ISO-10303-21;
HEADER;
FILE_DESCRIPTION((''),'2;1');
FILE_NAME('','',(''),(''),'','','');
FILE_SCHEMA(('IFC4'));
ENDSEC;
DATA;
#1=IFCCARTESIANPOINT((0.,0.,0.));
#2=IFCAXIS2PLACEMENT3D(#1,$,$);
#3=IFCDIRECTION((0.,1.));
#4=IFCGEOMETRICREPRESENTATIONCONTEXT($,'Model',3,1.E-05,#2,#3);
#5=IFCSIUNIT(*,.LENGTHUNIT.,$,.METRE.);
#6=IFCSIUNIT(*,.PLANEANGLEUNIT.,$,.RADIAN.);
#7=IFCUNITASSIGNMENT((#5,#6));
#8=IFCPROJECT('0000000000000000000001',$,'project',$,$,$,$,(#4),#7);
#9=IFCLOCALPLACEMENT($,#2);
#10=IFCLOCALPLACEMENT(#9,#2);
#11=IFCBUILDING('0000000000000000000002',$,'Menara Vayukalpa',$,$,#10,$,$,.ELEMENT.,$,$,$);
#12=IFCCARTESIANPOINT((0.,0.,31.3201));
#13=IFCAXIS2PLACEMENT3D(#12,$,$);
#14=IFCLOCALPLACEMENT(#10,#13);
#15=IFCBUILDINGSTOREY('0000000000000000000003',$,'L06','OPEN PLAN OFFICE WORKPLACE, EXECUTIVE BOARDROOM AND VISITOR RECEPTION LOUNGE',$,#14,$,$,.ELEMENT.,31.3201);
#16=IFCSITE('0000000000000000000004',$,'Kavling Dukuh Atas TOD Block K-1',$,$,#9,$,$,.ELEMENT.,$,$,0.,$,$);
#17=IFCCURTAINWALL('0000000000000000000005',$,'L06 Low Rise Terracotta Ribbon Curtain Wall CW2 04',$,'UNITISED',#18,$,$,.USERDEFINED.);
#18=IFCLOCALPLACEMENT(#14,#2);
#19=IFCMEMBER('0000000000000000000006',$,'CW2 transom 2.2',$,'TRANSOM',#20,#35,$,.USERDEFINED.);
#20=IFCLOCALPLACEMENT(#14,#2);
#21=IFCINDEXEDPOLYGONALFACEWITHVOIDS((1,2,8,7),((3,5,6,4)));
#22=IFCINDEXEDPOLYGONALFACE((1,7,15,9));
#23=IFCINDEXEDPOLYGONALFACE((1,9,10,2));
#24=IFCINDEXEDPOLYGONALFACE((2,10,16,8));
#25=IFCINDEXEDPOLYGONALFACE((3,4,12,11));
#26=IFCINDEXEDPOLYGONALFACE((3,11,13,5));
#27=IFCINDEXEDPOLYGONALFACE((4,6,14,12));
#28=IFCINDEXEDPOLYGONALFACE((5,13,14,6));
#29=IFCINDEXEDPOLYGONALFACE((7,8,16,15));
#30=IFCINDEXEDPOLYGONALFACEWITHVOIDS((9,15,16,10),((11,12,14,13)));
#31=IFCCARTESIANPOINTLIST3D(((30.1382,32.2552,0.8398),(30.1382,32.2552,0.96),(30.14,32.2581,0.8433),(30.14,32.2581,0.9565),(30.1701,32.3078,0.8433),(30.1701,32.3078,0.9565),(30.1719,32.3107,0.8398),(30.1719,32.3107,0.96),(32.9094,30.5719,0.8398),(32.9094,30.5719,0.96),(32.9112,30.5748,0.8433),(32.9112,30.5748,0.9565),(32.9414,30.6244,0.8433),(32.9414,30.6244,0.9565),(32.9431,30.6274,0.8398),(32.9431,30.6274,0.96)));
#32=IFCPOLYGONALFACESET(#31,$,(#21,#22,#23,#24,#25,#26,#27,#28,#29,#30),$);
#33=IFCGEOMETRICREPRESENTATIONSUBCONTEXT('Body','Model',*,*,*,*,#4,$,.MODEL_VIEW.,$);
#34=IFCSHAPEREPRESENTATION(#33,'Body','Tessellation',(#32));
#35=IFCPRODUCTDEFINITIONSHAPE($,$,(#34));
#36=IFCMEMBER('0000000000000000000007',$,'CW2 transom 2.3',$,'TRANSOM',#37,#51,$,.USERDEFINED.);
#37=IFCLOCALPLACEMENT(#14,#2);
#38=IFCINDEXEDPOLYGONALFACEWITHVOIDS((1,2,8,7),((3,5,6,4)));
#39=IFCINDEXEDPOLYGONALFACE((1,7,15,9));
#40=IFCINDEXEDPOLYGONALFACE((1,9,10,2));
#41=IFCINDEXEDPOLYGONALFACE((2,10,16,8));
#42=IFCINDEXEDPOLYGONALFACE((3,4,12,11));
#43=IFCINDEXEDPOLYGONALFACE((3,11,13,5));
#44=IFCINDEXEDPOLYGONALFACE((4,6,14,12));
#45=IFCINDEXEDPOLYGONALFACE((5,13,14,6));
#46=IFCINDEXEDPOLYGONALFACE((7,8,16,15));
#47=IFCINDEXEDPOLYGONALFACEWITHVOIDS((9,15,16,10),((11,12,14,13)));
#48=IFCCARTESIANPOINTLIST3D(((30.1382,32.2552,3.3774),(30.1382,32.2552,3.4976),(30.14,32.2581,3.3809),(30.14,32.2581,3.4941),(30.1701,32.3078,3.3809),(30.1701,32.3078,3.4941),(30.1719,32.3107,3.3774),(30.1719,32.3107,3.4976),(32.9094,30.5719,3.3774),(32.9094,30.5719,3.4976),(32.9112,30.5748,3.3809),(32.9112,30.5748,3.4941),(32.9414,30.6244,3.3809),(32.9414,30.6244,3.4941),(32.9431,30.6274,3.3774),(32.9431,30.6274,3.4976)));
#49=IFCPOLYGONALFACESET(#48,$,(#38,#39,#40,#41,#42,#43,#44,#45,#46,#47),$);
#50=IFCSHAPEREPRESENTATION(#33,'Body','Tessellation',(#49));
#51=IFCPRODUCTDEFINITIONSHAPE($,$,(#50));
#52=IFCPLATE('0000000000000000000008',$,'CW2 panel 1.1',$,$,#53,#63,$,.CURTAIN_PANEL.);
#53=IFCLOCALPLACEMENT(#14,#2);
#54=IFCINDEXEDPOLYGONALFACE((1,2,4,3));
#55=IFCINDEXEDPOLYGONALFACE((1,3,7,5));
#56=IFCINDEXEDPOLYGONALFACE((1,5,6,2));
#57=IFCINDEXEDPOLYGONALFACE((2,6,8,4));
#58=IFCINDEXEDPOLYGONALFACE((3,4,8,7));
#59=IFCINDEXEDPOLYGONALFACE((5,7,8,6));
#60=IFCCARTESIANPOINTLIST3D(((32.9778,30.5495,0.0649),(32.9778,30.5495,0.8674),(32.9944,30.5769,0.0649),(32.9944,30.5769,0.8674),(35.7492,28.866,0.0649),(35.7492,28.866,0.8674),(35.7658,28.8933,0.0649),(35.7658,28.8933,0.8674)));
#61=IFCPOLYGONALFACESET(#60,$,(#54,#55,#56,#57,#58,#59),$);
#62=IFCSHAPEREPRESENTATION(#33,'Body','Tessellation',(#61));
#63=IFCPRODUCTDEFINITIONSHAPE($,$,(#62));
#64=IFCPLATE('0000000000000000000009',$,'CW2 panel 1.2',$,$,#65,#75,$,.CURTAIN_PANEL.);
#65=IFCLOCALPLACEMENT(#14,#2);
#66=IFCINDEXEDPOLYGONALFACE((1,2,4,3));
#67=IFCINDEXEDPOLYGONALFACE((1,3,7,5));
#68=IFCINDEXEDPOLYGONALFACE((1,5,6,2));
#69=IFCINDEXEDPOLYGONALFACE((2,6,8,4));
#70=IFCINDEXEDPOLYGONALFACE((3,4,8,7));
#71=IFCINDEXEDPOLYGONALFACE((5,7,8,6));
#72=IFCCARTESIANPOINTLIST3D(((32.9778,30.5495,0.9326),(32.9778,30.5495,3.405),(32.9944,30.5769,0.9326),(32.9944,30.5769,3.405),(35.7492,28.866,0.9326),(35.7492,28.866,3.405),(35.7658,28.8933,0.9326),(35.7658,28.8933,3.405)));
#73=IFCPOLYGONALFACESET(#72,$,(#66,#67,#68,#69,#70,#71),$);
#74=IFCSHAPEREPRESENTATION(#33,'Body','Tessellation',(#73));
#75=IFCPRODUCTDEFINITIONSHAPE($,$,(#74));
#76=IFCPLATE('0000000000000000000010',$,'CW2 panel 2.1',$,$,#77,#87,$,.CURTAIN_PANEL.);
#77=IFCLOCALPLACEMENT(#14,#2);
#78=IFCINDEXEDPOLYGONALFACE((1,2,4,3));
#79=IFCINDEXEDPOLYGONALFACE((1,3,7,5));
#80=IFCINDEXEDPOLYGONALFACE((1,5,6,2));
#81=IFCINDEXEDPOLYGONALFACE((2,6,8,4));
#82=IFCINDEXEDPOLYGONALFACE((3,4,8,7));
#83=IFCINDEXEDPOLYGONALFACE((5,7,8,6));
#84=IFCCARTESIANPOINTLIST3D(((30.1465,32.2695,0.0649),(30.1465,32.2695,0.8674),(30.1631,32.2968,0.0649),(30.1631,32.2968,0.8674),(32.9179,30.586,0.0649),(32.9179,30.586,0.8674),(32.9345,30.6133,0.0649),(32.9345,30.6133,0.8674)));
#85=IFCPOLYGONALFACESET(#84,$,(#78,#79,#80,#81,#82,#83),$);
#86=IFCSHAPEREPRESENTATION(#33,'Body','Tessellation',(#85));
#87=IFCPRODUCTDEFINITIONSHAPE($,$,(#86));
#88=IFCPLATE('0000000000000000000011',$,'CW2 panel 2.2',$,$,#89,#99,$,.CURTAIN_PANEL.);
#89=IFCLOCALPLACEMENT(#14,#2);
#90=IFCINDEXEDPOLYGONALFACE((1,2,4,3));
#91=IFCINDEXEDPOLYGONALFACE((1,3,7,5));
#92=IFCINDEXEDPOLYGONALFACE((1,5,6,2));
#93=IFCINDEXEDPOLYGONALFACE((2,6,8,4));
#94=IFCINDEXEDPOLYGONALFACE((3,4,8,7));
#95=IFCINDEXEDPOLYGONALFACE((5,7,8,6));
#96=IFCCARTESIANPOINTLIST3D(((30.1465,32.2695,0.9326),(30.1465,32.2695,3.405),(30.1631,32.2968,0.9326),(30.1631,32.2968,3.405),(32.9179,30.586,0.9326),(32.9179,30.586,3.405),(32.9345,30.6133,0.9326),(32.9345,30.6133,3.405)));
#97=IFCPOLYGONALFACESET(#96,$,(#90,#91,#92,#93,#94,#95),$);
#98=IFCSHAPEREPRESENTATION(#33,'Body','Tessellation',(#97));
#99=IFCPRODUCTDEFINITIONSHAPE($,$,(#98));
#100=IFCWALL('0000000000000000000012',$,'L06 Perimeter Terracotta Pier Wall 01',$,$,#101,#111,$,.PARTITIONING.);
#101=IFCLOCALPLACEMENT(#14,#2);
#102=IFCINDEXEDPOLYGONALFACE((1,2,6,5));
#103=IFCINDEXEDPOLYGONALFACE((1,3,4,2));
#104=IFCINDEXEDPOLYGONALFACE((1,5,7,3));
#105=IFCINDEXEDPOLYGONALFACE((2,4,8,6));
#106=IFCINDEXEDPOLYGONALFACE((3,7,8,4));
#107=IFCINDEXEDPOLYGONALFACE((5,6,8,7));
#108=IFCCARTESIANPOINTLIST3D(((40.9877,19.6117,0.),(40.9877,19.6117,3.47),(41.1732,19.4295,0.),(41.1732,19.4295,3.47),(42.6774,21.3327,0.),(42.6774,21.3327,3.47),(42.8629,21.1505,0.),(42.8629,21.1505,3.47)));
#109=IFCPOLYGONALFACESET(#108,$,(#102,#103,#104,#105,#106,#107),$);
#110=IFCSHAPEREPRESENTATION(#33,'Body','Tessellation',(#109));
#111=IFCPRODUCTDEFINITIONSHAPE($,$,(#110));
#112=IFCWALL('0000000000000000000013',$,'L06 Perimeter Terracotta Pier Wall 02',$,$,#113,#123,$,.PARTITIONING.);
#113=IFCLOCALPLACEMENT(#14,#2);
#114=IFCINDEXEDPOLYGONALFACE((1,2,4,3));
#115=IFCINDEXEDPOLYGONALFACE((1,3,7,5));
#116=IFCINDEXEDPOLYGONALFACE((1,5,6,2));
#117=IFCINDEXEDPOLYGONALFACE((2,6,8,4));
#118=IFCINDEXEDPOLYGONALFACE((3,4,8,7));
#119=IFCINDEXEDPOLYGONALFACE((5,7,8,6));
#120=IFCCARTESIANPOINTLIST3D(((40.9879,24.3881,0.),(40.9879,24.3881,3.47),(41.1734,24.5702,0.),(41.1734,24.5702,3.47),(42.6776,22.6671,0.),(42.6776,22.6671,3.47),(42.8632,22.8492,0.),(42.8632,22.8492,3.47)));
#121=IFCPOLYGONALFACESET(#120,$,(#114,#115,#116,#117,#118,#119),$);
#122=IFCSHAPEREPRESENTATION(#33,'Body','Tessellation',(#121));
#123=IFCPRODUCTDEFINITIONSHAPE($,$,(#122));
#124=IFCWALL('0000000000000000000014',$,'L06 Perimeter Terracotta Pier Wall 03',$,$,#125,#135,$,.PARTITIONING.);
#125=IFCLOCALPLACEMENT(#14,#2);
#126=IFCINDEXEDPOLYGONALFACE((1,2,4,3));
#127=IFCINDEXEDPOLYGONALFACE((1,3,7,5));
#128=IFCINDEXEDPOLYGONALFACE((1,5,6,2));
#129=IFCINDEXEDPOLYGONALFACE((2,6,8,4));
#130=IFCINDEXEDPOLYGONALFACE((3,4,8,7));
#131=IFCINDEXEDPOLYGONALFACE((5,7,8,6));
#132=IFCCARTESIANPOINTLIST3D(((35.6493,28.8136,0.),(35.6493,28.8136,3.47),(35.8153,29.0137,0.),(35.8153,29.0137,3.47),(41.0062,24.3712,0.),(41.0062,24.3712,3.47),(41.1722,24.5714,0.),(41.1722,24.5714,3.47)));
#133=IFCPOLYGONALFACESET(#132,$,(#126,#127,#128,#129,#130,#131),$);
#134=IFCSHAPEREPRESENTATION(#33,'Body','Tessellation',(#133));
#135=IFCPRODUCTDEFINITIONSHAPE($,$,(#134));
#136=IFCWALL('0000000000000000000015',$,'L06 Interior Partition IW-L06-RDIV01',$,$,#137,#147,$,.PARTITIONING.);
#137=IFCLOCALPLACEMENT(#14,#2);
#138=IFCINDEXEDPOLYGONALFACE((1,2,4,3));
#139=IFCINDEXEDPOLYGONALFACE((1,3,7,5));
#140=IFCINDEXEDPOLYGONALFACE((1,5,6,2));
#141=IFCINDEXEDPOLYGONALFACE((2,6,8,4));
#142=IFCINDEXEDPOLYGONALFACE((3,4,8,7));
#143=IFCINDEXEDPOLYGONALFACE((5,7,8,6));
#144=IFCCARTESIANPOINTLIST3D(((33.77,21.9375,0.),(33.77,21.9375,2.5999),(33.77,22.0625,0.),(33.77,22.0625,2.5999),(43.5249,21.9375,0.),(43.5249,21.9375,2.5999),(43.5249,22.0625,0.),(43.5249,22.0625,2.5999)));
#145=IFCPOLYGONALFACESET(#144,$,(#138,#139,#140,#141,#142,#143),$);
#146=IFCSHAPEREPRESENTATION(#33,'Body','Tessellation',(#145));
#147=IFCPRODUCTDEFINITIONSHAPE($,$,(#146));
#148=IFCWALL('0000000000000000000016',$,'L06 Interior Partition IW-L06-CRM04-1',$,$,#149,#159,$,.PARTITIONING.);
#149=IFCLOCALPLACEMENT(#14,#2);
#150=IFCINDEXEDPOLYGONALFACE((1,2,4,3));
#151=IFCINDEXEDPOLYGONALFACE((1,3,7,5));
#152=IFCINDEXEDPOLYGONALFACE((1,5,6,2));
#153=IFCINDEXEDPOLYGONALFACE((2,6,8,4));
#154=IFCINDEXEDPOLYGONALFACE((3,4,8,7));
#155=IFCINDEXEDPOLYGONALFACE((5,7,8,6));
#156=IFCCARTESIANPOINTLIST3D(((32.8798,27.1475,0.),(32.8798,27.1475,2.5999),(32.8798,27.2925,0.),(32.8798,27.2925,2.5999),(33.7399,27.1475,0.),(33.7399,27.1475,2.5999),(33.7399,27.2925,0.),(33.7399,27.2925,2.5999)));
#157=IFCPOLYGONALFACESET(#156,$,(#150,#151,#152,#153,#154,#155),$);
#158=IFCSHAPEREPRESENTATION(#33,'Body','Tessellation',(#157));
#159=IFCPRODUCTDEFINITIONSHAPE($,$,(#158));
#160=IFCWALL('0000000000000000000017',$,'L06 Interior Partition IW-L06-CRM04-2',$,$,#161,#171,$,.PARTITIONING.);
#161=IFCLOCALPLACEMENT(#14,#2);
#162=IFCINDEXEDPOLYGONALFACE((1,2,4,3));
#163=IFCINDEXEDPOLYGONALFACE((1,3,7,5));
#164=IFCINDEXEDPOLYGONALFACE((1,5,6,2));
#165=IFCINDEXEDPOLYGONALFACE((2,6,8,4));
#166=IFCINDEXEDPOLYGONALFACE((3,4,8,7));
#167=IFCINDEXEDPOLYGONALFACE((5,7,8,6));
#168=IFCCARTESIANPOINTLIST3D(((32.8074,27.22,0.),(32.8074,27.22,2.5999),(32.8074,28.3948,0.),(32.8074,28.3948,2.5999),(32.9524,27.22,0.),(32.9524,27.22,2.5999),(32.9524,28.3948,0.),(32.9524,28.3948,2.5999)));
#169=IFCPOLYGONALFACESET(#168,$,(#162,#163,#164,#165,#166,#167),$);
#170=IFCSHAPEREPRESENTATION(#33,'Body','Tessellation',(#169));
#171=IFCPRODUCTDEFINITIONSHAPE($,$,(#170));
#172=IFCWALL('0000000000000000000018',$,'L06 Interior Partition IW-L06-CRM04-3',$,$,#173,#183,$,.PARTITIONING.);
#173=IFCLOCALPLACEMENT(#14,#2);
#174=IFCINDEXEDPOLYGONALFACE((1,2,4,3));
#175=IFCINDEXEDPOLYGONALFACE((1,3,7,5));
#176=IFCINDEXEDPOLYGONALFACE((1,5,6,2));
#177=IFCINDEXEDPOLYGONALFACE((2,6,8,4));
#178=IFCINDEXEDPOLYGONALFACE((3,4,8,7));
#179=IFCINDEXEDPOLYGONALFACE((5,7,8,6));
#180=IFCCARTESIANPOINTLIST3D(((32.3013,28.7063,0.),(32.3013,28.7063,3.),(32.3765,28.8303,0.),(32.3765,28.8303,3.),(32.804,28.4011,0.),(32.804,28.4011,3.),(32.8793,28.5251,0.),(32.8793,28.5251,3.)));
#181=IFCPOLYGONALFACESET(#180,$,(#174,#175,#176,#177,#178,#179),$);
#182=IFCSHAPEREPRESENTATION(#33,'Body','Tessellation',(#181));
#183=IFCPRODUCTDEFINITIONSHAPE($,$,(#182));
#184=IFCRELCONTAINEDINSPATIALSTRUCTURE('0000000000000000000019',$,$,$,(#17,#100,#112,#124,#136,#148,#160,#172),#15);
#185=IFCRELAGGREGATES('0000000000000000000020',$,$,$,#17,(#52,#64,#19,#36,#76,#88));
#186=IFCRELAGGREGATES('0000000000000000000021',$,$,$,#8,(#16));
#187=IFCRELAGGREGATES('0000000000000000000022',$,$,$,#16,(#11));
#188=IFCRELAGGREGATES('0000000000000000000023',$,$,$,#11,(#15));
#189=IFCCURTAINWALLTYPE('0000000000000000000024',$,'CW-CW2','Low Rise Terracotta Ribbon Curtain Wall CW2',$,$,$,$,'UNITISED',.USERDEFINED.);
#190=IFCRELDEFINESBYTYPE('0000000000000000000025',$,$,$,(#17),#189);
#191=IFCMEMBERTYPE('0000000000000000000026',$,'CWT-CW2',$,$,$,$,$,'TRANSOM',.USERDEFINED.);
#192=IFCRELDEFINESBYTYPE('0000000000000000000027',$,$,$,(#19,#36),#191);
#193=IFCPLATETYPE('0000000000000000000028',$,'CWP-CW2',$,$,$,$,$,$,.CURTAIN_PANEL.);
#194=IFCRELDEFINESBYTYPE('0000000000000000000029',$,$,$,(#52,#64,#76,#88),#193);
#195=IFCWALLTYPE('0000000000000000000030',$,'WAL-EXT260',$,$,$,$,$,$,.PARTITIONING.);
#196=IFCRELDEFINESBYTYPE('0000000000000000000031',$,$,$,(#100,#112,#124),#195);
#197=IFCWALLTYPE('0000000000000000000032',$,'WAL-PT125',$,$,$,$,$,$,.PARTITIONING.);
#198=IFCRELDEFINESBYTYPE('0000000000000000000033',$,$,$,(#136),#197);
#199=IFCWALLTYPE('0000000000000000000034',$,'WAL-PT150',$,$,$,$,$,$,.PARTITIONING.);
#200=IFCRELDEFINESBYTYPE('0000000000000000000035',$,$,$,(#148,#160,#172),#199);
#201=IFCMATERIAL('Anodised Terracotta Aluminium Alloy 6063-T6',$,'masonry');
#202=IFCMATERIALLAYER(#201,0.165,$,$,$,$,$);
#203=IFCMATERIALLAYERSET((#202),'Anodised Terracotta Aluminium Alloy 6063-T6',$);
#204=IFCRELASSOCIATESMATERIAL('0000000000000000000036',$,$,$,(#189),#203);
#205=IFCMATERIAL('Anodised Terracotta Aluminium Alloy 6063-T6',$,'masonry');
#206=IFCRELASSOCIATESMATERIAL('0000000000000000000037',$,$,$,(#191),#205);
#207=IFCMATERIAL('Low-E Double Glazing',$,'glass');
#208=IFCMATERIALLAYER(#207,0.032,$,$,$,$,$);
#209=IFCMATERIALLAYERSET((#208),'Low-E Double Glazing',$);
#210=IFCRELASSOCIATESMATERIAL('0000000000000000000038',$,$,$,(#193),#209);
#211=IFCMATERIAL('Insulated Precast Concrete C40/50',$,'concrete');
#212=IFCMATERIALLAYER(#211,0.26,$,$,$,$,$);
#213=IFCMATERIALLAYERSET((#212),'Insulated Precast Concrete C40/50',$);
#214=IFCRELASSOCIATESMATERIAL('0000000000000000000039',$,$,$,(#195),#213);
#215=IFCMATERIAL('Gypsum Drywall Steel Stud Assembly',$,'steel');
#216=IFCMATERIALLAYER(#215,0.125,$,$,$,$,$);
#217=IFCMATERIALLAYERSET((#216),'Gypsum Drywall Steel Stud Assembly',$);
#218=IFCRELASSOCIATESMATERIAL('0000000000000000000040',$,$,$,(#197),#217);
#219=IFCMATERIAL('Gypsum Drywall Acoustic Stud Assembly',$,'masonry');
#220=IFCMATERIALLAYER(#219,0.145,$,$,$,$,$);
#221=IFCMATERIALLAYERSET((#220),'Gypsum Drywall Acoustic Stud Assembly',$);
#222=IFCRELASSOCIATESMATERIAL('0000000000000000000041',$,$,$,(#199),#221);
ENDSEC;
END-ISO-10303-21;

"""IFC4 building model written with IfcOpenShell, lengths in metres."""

from ifc_helpers import new_model, si_unit, direction, frame, frame_2d, origin, origin_2d, place, context, subcontext, project, spatial, rectangle, hollow_rectangle, extrude, material, layer, layer_set, material_profile, profile_set, type_object, element, aggregate, save


model = new_model("IFC4")

# Units and contexts
model_context = context("Model", 3, precision=1e-05, world=origin(), true_north=direction((0.0, 1.0)))
body_context = subcontext(model_context, "Body", "Model", "MODEL_VIEW")
ifc_project = project(units=[si_unit("LENGTHUNIT", "METRE"), si_unit("PLANEANGLEUNIT", "RADIAN")], contexts=[model_context])

# Site, building, storey
site_placement = place(None, origin())
site = spatial("IfcSite", under=ifc_project, at=site_placement, Name="Kavling Dukuh Atas TOD Block K-1", CompositionType="ELEMENT", RefElevation=0.0)
building_placement = place(site_placement, origin())
building = spatial("IfcBuilding", under=site, at=building_placement, Name="Menara Vayukalpa", CompositionType="ELEMENT")
storey_placement = place(building_placement, frame((0.0, 0.0, 31.3201)))
storey = spatial("IfcBuildingStorey", under=building, at=storey_placement, Name="L06", Description="OPEN PLAN OFFICE WORKPLACE, EXECUTIVE BOARDROOM AND VISITOR RECEPTION LOUNGE", CompositionType="ELEMENT", Elevation=31.3201)

# Curtain wall, members, plates
ifc_material_1 = material(Name="Anodised Terracotta Aluminium Alloy 6063-T6", Category="masonry")
ifc_layer_1 = layer(ifc_material_1, 0.165)
ifc_layer_set_1 = layer_set([ifc_layer_1], Name="Anodised Terracotta Aluminium Alloy 6063-T6")
curtain_wall_type = type_object("IfcCurtainWallType", Name="CW-CW2", Description="Low Rise Terracotta Ribbon Curtain Wall CW2", ElementType="UNITISED", PredefinedType="USERDEFINED", material=ifc_layer_set_1)
curtain_wall_placement = place(storey_placement, origin())
curtain_wall = element("IfcCurtainWall", 1, at=curtain_wall_placement, inside=storey, type_object=curtain_wall_type, Name="L06 Low Rise Terracotta Ribbon Curtain Wall CW2 04", ObjectType="UNITISED", PredefinedType="USERDEFINED")
ifc_material_2 = material(Name="Anodised Terracotta Aluminium Alloy 6063-T6", Category="masonry")
ifc_material_profile_1 = material_profile(ifc_material_2, hollow_rectangle(XDim=0.0649, YDim=0.1201, WallThickness=0.0034, at=origin_2d()), Name="ALU 65x120x3.5")
ifc_profile_set_1 = profile_set([ifc_material_profile_1], Name="Anodised Terracotta Aluminium Alloy 6063-T6")
member_type_1 = type_object("IfcMemberType", Name="CWT-CW2", ElementType="TRANSOM", PredefinedType="USERDEFINED", material=ifc_profile_set_1)
member_1_placement = place(storey_placement, frame((32.9263, 30.5996, 0.8999), z_axis=(-0.854677, 0.519161, 0.0), x_axis=(-0.519161, -0.854677, 0.0)))
member_1 = element("IfcMember", 2, at=member_1_placement, type_object=member_type_1, Name="CW2 transom 2.2", ObjectType="TRANSOM", PredefinedType="USERDEFINED", context=body_context, shape_type="SweptSolid", body=[
    extrude(hollow_rectangle(XDim=0.0649, YDim=0.1201, WallThickness=0.0034, at=origin_2d()), origin(), (0.0, 0.0, 1.0), 3.2424),
])
member_2_placement = place(storey_placement, frame((32.9263, 30.5996, 3.4375), z_axis=(-0.854677, 0.519161, 0.0), x_axis=(-0.519161, -0.854677, 0.0)))
member_2 = element("IfcMember", 3, at=member_2_placement, type_object=member_type_1, Name="CW2 transom 2.3", ObjectType="TRANSOM", PredefinedType="USERDEFINED", context=body_context, shape_type="SweptSolid", body=[
    extrude(hollow_rectangle(XDim=0.0649, YDim=0.1201, WallThickness=0.0034, at=origin_2d()), origin(), (0.0, 0.0, 1.0), 3.2424),
])
ifc_material_3 = material(Name="Low-E Double Glazing", Category="glass")
ifc_layer_2 = layer(ifc_material_3, 0.032)
ifc_layer_set_2 = layer_set([ifc_layer_2], Name="Low-E Double Glazing")
plate_type = type_object("IfcPlateType", Name="CWP-CW2", PredefinedType="CURTAIN_PANEL", material=ifc_layer_set_2)
plate_1_placement = place(storey_placement, frame((34.3718, 29.7214, 0.0649), z_axis=(0.0, 0.0, 1.0), x_axis=(-0.854664, 0.519182, 0.0)))
plate_1 = element("IfcPlate", 4, at=plate_1_placement, type_object=plate_type, Name="CW2 panel 1.1", PredefinedType="CURTAIN_PANEL", context=body_context, shape_type="SweptSolid", body=[
    extrude(rectangle(XDim=3.2427, YDim=0.032, at=origin_2d()), origin(), (0.0, 0.0, 1.0), 0.8025),
])
plate_2_placement = place(storey_placement, frame((34.3718, 29.7214, 0.9326), z_axis=(0.0, 0.0, 1.0), x_axis=(-0.854664, 0.519182, 0.0)))
plate_2 = element("IfcPlate", 5, at=plate_2_placement, type_object=plate_type, Name="CW2 panel 1.2", PredefinedType="CURTAIN_PANEL", context=body_context, shape_type="SweptSolid", body=[
    extrude(rectangle(XDim=3.2427, YDim=0.032, at=origin_2d()), origin(), (0.0, 0.0, 1.0), 2.4724),
])
plate_3_placement = place(storey_placement, frame((31.5405, 31.4414, 0.0649), z_axis=(0.0, 0.0, 1.0), x_axis=(-0.854664, 0.519182, 0.0)))
plate_3 = element("IfcPlate", 6, at=plate_3_placement, type_object=plate_type, Name="CW2 panel 2.1", PredefinedType="CURTAIN_PANEL", context=body_context, shape_type="SweptSolid", body=[
    extrude(rectangle(XDim=3.2427, YDim=0.032, at=origin_2d()), origin(), (0.0, 0.0, 1.0), 0.8025),
])
plate_4_placement = place(storey_placement, frame((31.5405, 31.4414, 0.9326), z_axis=(0.0, 0.0, 1.0), x_axis=(-0.854664, 0.519182, 0.0)))
plate_4 = element("IfcPlate", 7, at=plate_4_placement, type_object=plate_type, Name="CW2 panel 2.2", PredefinedType="CURTAIN_PANEL", context=body_context, shape_type="SweptSolid", body=[
    extrude(rectangle(XDim=3.2427, YDim=0.032, at=origin_2d()), origin(), (0.0, 0.0, 1.0), 2.4724),
])
aggregate(curtain_wall, [plate_1, plate_2, member_1, member_2, plate_3, plate_4])

# Walls
ifc_material_4 = material(Name="Insulated Precast Concrete C40/50", Category="concrete")
ifc_layer_3 = layer(ifc_material_4, 0.26)
ifc_layer_set_3 = layer_set([ifc_layer_3], Name="Insulated Precast Concrete C40/50")
wall_type_1 = type_object("IfcWallType", Name="WAL-EXT260", PredefinedType="PARTITIONING", material=ifc_layer_set_3)
for number, where, z_axis, x_axis, name in (
    (8, (42.7703, 21.2417, 0.0), (0.0, 0.0, 1.0), (-0.700599, -0.713556, 0.0), "L06 Perimeter Terracotta Pier Wall 01"),
    (9, (41.0806, 24.4792, 0.0), (0.0, 0.0, 1.0), (0.700599, -0.713556, 0.0), "L06 Perimeter Terracotta Pier Wall 02"),
):
    element("IfcWall", number, at=place(storey_placement, frame(where, z_axis=z_axis, x_axis=x_axis)), inside=storey, type_object=wall_type_1, Name=name, PredefinedType="PARTITIONING", context=body_context, shape_type="SweptSolid", body=[
        extrude(rectangle(XDim=2.4119, YDim=0.26, at=frame_2d((1.2061, 0.0))), origin(), (0.0, 0.0, 1.0), 3.47),
    ])
wall_1_placement = place(storey_placement, frame((35.7324, 28.9136, 0.0), z_axis=(0.0, 0.0, 1.0), x_axis=(0.769755, -0.63834, 0.0)))
element("IfcWall", 10, at=wall_1_placement, inside=storey, type_object=wall_type_1, Name="L06 Perimeter Terracotta Pier Wall 03", PredefinedType="PARTITIONING", context=body_context, shape_type="SweptSolid", body=[
    extrude(rectangle(XDim=6.9592, YDim=0.26, at=frame_2d((3.4795, 0.0))), origin(), (0.0, 0.0, 1.0), 3.47),
])
ifc_material_5 = material(Name="Gypsum Drywall Steel Stud Assembly", Category="steel")
ifc_layer_4 = layer(ifc_material_5, 0.125)
ifc_layer_set_4 = layer_set([ifc_layer_4], Name="Gypsum Drywall Steel Stud Assembly")
wall_type_2 = type_object("IfcWallType", Name="WAL-PT125", PredefinedType="PARTITIONING", material=ifc_layer_set_4)
wall_2_placement = place(storey_placement, frame((33.77, 22.0, 0.0), z_axis=(0.0, 0.0, 1.0), x_axis=(1.0, 0.0, 0.0)))
element("IfcWall", 11, at=wall_2_placement, inside=storey, type_object=wall_type_2, Name="L06 Interior Partition IW-L06-RDIV01", PredefinedType="PARTITIONING", context=body_context, shape_type="SweptSolid", body=[
    extrude(rectangle(XDim=9.7549, YDim=0.125, at=frame_2d((4.8774, 0.0))), origin(), (0.0, 0.0, 1.0), 2.5999),
])
ifc_material_6 = material(Name="Gypsum Drywall Acoustic Stud Assembly", Category="masonry")
ifc_layer_5 = layer(ifc_material_6, 0.145)
ifc_layer_set_5 = layer_set([ifc_layer_5], Name="Gypsum Drywall Acoustic Stud Assembly")
wall_type_3 = type_object("IfcWallType", Name="WAL-PT150", PredefinedType="PARTITIONING", material=ifc_layer_set_5)
wall_3_placement = place(storey_placement, frame((33.74, 27.22, 0.0), z_axis=(0.0, 0.0, 1.0), x_axis=(-1.0, 0.0, 0.0)))
element("IfcWall", 12, at=wall_3_placement, inside=storey, type_object=wall_type_3, Name="L06 Interior Partition IW-L06-CRM04-1", PredefinedType="PARTITIONING", context=body_context, shape_type="SweptSolid", body=[
    extrude(rectangle(XDim=0.8601, YDim=0.145, at=frame_2d((0.4302, 0.0))), origin(), (0.0, 0.0, 1.0), 2.5999),
])
wall_4_placement = place(storey_placement, frame((32.8799, 27.22, 0.0), z_axis=(0.0, 0.0, 1.0), x_axis=(0.0, 1.0, 0.0)))
element("IfcWall", 13, at=wall_4_placement, inside=storey, type_object=wall_type_3, Name="L06 Interior Partition IW-L06-CRM04-2", PredefinedType="PARTITIONING", context=body_context, shape_type="SweptSolid", body=[
    extrude(rectangle(XDim=1.1748, YDim=0.145, at=frame_2d((0.5874, 0.0))), origin(), (0.0, 0.0, 1.0), 2.5999),
])
wall_5_placement = place(storey_placement, frame((32.8416, 28.4631, 0.0), z_axis=(0.0, 0.0, 1.0), x_axis=(-0.854807, 0.518946, 0.0)))
element("IfcWall", 14, at=wall_5_placement, inside=storey, type_object=wall_type_3, Name="L06 Interior Partition IW-L06-CRM04-3", PredefinedType="PARTITIONING", context=body_context, shape_type="SweptSolid", body=[
    extrude(rectangle(XDim=0.5881, YDim=0.145, at=frame_2d((0.2939, 0.0))), origin(), (0.0, 0.0, 1.0), 3.0),
])

save(model, "model.ifc")
